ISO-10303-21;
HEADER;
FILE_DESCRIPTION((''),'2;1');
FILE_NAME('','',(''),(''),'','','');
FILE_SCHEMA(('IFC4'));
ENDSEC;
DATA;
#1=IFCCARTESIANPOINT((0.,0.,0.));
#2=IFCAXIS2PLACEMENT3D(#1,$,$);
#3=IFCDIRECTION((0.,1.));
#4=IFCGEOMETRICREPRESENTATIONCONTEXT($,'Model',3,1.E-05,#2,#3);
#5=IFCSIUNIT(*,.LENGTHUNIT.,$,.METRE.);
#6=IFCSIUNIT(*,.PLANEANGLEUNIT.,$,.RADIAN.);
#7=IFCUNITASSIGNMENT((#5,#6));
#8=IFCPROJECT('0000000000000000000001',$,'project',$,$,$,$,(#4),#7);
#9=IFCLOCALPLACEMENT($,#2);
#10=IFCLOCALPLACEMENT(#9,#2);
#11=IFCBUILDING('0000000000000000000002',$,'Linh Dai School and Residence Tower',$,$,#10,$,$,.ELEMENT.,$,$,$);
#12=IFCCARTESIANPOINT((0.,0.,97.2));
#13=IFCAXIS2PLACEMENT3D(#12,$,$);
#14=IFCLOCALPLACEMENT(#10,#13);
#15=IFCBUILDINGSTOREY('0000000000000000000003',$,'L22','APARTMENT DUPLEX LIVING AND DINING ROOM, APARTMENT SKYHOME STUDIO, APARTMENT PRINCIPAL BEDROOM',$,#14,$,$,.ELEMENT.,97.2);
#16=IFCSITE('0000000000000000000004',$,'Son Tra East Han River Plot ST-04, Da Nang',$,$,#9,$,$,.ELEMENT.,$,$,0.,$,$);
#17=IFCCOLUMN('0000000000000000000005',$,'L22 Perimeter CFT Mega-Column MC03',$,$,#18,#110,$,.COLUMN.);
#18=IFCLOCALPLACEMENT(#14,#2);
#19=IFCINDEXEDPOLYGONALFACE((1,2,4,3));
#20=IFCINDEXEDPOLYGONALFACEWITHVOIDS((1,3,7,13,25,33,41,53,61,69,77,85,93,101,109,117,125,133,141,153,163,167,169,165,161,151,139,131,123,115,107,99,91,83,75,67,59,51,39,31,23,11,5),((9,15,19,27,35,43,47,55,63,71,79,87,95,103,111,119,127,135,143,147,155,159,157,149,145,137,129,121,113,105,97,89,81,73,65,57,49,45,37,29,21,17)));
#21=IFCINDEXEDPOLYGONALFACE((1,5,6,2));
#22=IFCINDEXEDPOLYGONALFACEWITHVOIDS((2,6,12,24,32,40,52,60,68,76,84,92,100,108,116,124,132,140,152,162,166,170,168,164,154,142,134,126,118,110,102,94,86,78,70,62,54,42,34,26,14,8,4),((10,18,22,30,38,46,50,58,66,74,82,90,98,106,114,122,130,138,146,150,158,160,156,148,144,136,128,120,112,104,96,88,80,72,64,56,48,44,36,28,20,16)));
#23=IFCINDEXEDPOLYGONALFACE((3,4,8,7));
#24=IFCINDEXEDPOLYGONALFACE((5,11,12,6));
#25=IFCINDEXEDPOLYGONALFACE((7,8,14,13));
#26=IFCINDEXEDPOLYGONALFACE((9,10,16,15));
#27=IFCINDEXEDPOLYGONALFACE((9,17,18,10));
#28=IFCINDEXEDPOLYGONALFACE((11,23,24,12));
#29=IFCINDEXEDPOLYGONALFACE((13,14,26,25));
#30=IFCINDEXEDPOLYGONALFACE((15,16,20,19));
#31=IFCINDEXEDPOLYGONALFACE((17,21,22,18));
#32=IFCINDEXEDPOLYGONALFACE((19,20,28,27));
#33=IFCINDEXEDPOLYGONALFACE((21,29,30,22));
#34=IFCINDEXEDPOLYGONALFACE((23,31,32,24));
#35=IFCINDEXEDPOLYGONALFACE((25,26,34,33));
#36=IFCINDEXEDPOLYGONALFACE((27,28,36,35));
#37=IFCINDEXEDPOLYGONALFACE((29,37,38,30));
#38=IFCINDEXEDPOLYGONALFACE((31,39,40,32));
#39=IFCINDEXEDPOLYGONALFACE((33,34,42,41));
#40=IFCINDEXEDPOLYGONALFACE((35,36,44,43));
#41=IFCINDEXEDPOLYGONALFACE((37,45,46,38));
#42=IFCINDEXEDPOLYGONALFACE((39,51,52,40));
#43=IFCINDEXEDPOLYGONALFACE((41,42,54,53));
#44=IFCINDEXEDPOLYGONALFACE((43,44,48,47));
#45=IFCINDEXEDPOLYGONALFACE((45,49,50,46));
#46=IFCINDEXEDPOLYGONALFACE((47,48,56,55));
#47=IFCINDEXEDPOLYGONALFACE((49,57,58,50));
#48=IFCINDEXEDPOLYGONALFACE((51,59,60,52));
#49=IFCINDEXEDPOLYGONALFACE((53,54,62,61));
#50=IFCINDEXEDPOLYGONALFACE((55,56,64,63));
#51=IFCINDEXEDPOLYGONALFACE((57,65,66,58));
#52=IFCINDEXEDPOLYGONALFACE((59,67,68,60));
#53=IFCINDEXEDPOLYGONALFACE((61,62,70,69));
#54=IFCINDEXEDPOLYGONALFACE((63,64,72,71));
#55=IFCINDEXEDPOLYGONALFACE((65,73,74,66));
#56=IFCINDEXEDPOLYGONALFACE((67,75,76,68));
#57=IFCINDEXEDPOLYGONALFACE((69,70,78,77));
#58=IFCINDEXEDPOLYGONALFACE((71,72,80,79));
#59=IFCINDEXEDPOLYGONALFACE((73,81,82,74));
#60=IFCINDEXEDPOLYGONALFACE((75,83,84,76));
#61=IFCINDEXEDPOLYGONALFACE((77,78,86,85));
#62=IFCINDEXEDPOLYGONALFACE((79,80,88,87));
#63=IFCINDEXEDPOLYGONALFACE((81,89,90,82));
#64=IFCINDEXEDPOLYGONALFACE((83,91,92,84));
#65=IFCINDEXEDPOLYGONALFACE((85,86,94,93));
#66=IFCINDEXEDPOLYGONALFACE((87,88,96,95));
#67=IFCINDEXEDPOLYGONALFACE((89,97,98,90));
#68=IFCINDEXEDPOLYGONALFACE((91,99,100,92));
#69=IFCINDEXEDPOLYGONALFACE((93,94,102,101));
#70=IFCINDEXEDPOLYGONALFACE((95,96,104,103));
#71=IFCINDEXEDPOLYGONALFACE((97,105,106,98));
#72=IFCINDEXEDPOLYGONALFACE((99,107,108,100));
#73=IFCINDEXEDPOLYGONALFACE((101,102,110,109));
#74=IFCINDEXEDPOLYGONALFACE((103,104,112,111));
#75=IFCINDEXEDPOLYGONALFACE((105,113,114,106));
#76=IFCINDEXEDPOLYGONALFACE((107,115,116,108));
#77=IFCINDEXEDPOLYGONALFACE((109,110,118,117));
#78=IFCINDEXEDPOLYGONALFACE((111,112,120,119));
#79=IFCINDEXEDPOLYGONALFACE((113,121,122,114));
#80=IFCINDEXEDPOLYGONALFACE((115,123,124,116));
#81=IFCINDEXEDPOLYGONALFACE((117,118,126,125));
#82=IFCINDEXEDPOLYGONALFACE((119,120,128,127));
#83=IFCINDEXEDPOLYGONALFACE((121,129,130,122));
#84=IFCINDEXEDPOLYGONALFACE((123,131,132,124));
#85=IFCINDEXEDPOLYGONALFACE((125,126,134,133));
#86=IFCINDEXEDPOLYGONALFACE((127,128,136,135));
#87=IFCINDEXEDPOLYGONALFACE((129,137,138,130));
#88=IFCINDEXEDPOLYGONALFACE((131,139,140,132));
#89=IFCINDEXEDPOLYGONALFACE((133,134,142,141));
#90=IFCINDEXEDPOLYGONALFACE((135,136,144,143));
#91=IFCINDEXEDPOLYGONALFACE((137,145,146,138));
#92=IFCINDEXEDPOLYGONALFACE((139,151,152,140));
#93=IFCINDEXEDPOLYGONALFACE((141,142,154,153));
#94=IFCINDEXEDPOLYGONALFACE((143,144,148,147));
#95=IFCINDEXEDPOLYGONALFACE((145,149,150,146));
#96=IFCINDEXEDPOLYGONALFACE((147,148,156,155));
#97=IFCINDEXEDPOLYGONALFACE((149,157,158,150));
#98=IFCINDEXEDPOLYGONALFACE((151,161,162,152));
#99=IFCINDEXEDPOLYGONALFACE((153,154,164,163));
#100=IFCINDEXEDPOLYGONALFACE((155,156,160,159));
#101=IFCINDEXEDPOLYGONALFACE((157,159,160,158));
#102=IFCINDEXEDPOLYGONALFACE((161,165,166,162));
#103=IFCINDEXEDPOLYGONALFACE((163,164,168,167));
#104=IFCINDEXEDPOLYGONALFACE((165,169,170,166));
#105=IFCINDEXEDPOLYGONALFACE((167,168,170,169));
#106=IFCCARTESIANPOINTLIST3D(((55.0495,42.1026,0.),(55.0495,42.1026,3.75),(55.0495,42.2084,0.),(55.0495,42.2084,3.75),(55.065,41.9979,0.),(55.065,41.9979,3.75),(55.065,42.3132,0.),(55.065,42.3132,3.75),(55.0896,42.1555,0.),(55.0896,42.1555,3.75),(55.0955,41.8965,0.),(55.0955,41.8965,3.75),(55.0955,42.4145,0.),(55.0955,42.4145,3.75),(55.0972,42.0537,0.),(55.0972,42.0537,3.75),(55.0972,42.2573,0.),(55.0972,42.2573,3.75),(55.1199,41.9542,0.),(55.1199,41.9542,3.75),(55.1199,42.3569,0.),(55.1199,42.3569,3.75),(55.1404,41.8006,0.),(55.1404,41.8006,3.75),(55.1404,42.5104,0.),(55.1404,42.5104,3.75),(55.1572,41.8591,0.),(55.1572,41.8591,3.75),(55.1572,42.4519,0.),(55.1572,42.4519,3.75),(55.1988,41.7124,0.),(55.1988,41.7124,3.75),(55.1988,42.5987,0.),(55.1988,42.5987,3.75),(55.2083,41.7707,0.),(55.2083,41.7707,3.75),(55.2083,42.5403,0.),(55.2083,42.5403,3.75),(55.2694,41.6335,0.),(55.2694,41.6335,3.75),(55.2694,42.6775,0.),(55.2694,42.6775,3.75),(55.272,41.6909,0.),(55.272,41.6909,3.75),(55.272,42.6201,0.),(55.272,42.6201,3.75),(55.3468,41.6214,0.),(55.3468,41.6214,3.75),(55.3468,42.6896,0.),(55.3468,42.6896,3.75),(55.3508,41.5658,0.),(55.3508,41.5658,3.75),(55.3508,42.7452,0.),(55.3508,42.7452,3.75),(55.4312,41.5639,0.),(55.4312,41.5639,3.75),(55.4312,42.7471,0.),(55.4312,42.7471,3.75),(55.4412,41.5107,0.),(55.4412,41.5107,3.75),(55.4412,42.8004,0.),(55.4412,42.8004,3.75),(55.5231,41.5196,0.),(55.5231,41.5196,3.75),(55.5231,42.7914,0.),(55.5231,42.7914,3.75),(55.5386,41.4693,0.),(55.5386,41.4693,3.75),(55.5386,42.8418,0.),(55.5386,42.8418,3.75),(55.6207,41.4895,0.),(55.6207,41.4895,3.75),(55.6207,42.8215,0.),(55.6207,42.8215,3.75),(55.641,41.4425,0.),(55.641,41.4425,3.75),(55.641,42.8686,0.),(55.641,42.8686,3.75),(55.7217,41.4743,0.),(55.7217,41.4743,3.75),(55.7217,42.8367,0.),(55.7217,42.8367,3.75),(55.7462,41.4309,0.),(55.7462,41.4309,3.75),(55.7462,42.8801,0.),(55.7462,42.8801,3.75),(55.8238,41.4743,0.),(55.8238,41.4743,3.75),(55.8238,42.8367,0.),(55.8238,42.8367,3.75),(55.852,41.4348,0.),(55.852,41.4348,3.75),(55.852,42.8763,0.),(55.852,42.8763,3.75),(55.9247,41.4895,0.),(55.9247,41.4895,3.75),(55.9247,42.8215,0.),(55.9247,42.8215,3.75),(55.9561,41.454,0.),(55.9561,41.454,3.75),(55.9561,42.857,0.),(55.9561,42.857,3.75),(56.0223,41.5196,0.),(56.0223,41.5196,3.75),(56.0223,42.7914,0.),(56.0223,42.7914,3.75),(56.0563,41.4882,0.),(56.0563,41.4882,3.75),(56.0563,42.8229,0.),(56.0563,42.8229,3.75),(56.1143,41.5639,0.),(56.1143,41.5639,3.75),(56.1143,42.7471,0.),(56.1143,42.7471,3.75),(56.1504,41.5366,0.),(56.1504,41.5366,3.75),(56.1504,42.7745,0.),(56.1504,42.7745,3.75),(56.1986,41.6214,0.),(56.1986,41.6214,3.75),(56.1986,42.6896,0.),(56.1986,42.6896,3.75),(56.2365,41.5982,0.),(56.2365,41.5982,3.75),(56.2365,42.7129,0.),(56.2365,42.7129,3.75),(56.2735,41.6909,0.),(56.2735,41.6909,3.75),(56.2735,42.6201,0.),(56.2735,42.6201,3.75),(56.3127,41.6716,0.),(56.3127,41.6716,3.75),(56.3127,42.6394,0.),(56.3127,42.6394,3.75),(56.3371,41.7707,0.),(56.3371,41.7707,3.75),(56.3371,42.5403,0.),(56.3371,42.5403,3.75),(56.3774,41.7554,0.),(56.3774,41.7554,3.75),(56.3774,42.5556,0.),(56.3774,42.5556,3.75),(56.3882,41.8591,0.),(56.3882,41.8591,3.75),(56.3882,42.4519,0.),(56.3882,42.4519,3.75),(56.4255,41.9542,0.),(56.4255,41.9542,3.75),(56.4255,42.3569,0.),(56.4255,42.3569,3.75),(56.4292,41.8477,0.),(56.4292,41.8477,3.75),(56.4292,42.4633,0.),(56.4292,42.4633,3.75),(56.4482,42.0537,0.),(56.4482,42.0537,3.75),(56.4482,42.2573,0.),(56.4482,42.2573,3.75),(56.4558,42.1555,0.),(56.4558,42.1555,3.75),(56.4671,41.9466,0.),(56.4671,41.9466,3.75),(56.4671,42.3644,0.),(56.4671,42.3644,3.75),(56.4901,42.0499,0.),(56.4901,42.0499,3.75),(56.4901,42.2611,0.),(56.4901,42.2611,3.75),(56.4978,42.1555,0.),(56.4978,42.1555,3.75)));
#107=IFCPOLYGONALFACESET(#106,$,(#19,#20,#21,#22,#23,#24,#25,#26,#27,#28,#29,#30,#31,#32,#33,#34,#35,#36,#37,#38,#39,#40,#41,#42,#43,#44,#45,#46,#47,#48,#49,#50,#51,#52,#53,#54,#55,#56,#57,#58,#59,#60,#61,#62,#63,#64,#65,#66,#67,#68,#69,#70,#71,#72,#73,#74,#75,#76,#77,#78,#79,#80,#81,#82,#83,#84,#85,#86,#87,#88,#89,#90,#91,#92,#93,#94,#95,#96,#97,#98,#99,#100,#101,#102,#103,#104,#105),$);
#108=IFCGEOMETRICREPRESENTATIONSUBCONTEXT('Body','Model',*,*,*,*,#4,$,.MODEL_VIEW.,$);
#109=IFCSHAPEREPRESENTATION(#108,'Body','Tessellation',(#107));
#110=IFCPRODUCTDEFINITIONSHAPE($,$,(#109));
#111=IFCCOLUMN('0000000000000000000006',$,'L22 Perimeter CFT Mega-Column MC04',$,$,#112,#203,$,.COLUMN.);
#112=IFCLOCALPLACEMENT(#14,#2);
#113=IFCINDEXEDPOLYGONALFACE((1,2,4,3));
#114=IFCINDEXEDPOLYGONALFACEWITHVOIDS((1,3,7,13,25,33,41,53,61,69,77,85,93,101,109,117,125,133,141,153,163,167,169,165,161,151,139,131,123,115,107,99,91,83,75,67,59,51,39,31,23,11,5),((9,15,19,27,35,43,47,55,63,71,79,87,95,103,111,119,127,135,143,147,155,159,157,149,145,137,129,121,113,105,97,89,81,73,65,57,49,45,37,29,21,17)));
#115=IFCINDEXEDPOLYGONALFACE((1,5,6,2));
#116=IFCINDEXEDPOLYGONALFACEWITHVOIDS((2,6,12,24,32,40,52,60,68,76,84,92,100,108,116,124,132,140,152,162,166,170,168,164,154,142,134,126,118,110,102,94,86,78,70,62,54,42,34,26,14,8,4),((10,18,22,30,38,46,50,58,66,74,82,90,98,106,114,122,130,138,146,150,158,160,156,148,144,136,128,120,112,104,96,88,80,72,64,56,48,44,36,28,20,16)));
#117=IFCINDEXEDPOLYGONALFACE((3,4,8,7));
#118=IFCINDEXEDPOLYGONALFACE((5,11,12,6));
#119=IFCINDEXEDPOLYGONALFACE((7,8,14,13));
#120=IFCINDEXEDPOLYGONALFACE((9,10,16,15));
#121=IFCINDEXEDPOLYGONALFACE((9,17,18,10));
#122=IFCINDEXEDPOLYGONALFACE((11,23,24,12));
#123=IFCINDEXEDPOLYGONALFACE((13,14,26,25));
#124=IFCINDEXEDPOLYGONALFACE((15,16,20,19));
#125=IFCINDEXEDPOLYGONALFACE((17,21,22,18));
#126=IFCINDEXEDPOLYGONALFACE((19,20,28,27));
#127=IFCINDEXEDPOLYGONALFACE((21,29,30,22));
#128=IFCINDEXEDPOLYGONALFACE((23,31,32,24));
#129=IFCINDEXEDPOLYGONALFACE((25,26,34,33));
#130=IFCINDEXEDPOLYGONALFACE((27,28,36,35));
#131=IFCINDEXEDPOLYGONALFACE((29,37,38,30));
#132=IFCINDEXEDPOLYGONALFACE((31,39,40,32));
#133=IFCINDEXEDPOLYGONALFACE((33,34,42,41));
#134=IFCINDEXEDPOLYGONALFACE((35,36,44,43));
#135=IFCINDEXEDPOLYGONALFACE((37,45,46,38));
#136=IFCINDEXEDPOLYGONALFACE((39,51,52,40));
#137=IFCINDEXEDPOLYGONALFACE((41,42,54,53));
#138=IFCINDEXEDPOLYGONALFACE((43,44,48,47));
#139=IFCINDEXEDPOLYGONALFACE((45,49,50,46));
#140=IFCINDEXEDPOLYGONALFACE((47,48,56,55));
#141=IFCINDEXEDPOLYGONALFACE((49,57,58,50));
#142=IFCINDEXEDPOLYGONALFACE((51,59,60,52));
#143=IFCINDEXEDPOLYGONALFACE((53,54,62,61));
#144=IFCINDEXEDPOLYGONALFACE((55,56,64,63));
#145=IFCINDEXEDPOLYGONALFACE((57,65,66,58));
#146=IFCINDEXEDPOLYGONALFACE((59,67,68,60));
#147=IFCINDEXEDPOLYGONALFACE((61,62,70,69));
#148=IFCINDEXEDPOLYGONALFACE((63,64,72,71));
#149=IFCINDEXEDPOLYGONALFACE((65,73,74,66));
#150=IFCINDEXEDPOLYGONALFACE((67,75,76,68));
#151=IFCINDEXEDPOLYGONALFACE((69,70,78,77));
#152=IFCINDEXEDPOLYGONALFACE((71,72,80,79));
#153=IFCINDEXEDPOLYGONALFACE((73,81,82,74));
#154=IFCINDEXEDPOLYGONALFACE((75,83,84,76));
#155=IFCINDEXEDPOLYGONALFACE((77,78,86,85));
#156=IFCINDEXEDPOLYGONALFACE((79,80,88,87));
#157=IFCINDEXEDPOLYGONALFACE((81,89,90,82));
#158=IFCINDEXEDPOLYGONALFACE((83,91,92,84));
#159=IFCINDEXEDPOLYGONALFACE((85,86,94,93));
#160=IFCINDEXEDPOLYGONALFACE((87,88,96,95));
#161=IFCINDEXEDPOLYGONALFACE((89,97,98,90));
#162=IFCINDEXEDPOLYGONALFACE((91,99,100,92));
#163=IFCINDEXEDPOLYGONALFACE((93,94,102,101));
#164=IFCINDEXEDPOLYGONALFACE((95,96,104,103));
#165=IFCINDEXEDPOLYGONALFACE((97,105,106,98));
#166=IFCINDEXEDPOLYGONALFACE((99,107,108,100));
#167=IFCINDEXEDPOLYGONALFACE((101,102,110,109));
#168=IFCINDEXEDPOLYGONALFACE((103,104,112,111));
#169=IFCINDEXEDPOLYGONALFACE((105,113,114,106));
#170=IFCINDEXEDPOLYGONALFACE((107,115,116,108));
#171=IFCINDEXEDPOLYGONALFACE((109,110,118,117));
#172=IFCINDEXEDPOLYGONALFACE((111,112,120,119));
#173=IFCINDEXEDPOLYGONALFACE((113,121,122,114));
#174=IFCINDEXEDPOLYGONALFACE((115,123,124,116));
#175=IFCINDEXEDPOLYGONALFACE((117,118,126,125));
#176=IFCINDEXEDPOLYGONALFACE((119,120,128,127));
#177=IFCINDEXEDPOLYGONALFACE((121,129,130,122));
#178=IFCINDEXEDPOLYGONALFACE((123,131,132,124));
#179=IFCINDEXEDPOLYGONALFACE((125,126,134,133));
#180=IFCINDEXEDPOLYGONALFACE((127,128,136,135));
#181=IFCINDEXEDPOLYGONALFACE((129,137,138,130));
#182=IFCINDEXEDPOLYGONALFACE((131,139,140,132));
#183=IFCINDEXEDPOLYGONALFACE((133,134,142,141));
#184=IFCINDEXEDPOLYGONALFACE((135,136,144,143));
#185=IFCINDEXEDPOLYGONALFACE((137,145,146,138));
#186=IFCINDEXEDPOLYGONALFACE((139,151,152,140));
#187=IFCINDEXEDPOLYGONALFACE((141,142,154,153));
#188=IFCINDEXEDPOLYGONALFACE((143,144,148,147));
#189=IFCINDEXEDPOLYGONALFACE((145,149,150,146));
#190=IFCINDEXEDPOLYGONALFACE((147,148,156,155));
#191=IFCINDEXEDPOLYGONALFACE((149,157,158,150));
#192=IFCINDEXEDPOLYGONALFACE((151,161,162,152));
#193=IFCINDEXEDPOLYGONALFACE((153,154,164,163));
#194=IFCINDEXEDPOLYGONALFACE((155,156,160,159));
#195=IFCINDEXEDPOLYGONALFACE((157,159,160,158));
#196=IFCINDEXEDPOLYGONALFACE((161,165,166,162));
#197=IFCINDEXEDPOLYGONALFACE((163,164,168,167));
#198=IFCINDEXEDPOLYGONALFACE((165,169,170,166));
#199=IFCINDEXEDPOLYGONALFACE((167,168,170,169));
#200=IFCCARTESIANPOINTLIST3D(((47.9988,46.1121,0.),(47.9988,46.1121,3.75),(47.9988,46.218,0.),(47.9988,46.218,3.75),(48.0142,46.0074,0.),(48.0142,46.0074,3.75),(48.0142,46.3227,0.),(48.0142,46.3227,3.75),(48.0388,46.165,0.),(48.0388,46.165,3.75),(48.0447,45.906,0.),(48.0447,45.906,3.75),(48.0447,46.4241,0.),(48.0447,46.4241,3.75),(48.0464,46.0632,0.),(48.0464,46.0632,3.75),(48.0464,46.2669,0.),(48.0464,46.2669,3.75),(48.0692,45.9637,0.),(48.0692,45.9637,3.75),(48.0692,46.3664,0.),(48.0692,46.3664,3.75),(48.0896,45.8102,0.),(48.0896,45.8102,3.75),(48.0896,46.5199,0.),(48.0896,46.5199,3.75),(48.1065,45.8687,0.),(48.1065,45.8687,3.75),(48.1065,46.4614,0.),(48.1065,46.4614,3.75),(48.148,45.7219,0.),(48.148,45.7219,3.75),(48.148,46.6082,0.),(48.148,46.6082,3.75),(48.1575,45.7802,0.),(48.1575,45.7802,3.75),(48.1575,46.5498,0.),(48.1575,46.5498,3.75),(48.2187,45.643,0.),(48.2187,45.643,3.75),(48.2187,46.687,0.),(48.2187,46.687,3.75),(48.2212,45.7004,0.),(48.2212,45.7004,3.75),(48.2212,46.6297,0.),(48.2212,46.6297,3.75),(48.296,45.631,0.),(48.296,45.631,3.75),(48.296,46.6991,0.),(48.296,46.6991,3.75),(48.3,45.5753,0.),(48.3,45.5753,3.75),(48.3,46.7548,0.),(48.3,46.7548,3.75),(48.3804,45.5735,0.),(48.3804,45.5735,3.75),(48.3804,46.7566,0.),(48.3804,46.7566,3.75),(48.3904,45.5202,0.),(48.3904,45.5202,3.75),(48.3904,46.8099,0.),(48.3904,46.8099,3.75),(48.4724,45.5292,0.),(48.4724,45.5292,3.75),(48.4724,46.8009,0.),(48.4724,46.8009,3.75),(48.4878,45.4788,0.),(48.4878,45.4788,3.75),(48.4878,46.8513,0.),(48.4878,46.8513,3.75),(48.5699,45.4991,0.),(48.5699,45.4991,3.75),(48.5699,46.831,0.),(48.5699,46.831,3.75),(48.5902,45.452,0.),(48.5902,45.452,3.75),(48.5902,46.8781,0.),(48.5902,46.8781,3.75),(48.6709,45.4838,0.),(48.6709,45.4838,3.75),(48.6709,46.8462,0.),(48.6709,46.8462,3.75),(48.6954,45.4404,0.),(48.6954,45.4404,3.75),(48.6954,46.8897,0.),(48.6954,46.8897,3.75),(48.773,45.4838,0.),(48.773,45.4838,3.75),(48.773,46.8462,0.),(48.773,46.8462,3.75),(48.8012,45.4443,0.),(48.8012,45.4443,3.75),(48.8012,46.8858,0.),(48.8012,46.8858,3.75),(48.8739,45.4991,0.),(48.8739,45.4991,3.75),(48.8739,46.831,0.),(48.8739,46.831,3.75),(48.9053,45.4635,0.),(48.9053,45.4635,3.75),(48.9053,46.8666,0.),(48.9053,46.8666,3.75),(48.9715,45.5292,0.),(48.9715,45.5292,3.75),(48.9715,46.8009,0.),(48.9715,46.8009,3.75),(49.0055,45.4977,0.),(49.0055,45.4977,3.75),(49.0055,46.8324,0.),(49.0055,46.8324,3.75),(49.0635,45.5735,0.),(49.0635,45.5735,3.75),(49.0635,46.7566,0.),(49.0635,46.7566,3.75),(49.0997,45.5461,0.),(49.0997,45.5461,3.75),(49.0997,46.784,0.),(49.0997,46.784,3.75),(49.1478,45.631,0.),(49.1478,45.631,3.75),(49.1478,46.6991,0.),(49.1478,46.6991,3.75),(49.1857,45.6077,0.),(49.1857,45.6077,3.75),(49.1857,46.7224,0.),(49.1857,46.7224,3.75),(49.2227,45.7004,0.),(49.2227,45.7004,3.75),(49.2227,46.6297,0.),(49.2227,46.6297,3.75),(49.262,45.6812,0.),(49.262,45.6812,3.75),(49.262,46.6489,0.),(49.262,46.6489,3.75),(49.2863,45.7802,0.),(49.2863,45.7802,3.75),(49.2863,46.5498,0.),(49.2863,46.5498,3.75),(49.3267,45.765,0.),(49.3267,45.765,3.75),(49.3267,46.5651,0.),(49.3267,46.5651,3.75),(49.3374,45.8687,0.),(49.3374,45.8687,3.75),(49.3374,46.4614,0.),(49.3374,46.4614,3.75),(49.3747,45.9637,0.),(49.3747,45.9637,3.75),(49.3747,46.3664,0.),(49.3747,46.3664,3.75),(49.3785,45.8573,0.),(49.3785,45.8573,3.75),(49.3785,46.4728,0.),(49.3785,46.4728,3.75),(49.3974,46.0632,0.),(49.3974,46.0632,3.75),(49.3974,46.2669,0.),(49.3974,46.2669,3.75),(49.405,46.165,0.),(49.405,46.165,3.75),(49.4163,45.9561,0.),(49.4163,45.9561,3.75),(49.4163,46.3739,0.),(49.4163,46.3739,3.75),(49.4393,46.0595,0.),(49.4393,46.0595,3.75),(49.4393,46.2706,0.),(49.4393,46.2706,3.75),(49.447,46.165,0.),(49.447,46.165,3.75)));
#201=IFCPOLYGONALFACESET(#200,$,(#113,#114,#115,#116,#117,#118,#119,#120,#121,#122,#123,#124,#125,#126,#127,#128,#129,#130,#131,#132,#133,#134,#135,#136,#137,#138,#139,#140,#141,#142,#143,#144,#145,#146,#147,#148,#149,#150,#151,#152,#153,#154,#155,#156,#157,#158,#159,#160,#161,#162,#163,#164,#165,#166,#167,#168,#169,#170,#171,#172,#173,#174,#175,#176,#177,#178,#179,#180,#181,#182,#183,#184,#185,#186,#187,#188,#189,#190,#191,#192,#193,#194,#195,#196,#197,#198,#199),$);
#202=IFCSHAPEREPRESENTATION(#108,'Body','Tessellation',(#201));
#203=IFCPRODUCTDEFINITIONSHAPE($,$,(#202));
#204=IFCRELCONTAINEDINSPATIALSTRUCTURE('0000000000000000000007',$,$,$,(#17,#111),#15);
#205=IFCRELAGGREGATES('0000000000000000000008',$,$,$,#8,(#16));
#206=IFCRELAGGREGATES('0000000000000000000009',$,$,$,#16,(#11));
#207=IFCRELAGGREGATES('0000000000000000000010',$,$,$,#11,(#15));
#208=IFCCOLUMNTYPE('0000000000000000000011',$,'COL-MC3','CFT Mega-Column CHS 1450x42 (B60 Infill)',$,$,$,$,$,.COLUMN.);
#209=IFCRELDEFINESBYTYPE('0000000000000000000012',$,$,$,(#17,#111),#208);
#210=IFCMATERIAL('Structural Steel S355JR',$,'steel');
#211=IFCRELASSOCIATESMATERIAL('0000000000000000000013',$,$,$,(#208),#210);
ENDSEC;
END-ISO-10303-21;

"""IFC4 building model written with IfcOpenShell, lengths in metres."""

from ifc_helpers import new_model, si_unit, direction, frame, origin, origin_2d, place, context, subcontext, project, spatial, hollow_circle, extrude, material, material_profile, profile_set, type_object, element, save


model = new_model("IFC4")

# Units and contexts
model_context = context("Model", 3, precision=1e-05, world=origin(), true_north=direction((0.0, 1.0)))
body_context = subcontext(model_context, "Body", "Model", "MODEL_VIEW")
ifc_project = project(units=[si_unit("LENGTHUNIT", "METRE"), si_unit("PLANEANGLEUNIT", "RADIAN")], contexts=[model_context])

# Site, building, storey
site_placement = place(None, origin())
site = spatial("IfcSite", under=ifc_project, at=site_placement, Name="Son Tra East Han River Plot ST-04, Da Nang", CompositionType="ELEMENT", RefElevation=0.0)
building_placement = place(site_placement, origin())
building = spatial("IfcBuilding", under=site, at=building_placement, Name="Linh Dai School and Residence Tower", CompositionType="ELEMENT")
storey_placement = place(building_placement, frame((0.0, 0.0, 97.2)))
storey = spatial("IfcBuildingStorey", under=building, at=storey_placement, Name="L22", Description="APARTMENT DUPLEX LIVING AND DINING ROOM, APARTMENT SKYHOME STUDIO, APARTMENT PRINCIPAL BEDROOM", CompositionType="ELEMENT", Elevation=97.2)

# Columns
ifc_material_1 = material(Name="Structural Steel S355JR", Category="steel")
ifc_material_profile_1 = material_profile(ifc_material_1, hollow_circle(Radius=0.7251, WallThickness=0.042, at=origin_2d()), Name="CHS 1450x42")
ifc_profile_set_1 = profile_set([ifc_material_profile_1], Name="Structural Steel S355JR")
column_type = type_object("IfcColumnType", Name="COL-MC3", Description="CFT Mega-Column CHS 1450x42 (B60 Infill)", PredefinedType="COLUMN", material=ifc_profile_set_1)
for number, where, z_axis, x_axis, name in (
    (1, (55.7727, 42.1555, 0.0), (0.0, 0.0, 1.0), (1.0, 0.0, 0.0), "L22 Perimeter CFT Mega-Column MC03"),
    (2, (48.7219, 46.165, 0.0), (0.0, 0.0, 1.0), (1.0, 0.0, 0.0), "L22 Perimeter CFT Mega-Column MC04"),
):
    element("IfcColumn", number, at=place(storey_placement, frame(where, z_axis=z_axis, x_axis=x_axis)), inside=storey, type_object=column_type, Name=name, PredefinedType="COLUMN", context=body_context, shape_type="SweptSolid", body=[
        extrude(hollow_circle(Radius=0.7251, WallThickness=0.042, at=origin_2d()), origin(), (0.0, 0.0, 1.0), 3.75),
    ])

save(model, "model.ifc")
